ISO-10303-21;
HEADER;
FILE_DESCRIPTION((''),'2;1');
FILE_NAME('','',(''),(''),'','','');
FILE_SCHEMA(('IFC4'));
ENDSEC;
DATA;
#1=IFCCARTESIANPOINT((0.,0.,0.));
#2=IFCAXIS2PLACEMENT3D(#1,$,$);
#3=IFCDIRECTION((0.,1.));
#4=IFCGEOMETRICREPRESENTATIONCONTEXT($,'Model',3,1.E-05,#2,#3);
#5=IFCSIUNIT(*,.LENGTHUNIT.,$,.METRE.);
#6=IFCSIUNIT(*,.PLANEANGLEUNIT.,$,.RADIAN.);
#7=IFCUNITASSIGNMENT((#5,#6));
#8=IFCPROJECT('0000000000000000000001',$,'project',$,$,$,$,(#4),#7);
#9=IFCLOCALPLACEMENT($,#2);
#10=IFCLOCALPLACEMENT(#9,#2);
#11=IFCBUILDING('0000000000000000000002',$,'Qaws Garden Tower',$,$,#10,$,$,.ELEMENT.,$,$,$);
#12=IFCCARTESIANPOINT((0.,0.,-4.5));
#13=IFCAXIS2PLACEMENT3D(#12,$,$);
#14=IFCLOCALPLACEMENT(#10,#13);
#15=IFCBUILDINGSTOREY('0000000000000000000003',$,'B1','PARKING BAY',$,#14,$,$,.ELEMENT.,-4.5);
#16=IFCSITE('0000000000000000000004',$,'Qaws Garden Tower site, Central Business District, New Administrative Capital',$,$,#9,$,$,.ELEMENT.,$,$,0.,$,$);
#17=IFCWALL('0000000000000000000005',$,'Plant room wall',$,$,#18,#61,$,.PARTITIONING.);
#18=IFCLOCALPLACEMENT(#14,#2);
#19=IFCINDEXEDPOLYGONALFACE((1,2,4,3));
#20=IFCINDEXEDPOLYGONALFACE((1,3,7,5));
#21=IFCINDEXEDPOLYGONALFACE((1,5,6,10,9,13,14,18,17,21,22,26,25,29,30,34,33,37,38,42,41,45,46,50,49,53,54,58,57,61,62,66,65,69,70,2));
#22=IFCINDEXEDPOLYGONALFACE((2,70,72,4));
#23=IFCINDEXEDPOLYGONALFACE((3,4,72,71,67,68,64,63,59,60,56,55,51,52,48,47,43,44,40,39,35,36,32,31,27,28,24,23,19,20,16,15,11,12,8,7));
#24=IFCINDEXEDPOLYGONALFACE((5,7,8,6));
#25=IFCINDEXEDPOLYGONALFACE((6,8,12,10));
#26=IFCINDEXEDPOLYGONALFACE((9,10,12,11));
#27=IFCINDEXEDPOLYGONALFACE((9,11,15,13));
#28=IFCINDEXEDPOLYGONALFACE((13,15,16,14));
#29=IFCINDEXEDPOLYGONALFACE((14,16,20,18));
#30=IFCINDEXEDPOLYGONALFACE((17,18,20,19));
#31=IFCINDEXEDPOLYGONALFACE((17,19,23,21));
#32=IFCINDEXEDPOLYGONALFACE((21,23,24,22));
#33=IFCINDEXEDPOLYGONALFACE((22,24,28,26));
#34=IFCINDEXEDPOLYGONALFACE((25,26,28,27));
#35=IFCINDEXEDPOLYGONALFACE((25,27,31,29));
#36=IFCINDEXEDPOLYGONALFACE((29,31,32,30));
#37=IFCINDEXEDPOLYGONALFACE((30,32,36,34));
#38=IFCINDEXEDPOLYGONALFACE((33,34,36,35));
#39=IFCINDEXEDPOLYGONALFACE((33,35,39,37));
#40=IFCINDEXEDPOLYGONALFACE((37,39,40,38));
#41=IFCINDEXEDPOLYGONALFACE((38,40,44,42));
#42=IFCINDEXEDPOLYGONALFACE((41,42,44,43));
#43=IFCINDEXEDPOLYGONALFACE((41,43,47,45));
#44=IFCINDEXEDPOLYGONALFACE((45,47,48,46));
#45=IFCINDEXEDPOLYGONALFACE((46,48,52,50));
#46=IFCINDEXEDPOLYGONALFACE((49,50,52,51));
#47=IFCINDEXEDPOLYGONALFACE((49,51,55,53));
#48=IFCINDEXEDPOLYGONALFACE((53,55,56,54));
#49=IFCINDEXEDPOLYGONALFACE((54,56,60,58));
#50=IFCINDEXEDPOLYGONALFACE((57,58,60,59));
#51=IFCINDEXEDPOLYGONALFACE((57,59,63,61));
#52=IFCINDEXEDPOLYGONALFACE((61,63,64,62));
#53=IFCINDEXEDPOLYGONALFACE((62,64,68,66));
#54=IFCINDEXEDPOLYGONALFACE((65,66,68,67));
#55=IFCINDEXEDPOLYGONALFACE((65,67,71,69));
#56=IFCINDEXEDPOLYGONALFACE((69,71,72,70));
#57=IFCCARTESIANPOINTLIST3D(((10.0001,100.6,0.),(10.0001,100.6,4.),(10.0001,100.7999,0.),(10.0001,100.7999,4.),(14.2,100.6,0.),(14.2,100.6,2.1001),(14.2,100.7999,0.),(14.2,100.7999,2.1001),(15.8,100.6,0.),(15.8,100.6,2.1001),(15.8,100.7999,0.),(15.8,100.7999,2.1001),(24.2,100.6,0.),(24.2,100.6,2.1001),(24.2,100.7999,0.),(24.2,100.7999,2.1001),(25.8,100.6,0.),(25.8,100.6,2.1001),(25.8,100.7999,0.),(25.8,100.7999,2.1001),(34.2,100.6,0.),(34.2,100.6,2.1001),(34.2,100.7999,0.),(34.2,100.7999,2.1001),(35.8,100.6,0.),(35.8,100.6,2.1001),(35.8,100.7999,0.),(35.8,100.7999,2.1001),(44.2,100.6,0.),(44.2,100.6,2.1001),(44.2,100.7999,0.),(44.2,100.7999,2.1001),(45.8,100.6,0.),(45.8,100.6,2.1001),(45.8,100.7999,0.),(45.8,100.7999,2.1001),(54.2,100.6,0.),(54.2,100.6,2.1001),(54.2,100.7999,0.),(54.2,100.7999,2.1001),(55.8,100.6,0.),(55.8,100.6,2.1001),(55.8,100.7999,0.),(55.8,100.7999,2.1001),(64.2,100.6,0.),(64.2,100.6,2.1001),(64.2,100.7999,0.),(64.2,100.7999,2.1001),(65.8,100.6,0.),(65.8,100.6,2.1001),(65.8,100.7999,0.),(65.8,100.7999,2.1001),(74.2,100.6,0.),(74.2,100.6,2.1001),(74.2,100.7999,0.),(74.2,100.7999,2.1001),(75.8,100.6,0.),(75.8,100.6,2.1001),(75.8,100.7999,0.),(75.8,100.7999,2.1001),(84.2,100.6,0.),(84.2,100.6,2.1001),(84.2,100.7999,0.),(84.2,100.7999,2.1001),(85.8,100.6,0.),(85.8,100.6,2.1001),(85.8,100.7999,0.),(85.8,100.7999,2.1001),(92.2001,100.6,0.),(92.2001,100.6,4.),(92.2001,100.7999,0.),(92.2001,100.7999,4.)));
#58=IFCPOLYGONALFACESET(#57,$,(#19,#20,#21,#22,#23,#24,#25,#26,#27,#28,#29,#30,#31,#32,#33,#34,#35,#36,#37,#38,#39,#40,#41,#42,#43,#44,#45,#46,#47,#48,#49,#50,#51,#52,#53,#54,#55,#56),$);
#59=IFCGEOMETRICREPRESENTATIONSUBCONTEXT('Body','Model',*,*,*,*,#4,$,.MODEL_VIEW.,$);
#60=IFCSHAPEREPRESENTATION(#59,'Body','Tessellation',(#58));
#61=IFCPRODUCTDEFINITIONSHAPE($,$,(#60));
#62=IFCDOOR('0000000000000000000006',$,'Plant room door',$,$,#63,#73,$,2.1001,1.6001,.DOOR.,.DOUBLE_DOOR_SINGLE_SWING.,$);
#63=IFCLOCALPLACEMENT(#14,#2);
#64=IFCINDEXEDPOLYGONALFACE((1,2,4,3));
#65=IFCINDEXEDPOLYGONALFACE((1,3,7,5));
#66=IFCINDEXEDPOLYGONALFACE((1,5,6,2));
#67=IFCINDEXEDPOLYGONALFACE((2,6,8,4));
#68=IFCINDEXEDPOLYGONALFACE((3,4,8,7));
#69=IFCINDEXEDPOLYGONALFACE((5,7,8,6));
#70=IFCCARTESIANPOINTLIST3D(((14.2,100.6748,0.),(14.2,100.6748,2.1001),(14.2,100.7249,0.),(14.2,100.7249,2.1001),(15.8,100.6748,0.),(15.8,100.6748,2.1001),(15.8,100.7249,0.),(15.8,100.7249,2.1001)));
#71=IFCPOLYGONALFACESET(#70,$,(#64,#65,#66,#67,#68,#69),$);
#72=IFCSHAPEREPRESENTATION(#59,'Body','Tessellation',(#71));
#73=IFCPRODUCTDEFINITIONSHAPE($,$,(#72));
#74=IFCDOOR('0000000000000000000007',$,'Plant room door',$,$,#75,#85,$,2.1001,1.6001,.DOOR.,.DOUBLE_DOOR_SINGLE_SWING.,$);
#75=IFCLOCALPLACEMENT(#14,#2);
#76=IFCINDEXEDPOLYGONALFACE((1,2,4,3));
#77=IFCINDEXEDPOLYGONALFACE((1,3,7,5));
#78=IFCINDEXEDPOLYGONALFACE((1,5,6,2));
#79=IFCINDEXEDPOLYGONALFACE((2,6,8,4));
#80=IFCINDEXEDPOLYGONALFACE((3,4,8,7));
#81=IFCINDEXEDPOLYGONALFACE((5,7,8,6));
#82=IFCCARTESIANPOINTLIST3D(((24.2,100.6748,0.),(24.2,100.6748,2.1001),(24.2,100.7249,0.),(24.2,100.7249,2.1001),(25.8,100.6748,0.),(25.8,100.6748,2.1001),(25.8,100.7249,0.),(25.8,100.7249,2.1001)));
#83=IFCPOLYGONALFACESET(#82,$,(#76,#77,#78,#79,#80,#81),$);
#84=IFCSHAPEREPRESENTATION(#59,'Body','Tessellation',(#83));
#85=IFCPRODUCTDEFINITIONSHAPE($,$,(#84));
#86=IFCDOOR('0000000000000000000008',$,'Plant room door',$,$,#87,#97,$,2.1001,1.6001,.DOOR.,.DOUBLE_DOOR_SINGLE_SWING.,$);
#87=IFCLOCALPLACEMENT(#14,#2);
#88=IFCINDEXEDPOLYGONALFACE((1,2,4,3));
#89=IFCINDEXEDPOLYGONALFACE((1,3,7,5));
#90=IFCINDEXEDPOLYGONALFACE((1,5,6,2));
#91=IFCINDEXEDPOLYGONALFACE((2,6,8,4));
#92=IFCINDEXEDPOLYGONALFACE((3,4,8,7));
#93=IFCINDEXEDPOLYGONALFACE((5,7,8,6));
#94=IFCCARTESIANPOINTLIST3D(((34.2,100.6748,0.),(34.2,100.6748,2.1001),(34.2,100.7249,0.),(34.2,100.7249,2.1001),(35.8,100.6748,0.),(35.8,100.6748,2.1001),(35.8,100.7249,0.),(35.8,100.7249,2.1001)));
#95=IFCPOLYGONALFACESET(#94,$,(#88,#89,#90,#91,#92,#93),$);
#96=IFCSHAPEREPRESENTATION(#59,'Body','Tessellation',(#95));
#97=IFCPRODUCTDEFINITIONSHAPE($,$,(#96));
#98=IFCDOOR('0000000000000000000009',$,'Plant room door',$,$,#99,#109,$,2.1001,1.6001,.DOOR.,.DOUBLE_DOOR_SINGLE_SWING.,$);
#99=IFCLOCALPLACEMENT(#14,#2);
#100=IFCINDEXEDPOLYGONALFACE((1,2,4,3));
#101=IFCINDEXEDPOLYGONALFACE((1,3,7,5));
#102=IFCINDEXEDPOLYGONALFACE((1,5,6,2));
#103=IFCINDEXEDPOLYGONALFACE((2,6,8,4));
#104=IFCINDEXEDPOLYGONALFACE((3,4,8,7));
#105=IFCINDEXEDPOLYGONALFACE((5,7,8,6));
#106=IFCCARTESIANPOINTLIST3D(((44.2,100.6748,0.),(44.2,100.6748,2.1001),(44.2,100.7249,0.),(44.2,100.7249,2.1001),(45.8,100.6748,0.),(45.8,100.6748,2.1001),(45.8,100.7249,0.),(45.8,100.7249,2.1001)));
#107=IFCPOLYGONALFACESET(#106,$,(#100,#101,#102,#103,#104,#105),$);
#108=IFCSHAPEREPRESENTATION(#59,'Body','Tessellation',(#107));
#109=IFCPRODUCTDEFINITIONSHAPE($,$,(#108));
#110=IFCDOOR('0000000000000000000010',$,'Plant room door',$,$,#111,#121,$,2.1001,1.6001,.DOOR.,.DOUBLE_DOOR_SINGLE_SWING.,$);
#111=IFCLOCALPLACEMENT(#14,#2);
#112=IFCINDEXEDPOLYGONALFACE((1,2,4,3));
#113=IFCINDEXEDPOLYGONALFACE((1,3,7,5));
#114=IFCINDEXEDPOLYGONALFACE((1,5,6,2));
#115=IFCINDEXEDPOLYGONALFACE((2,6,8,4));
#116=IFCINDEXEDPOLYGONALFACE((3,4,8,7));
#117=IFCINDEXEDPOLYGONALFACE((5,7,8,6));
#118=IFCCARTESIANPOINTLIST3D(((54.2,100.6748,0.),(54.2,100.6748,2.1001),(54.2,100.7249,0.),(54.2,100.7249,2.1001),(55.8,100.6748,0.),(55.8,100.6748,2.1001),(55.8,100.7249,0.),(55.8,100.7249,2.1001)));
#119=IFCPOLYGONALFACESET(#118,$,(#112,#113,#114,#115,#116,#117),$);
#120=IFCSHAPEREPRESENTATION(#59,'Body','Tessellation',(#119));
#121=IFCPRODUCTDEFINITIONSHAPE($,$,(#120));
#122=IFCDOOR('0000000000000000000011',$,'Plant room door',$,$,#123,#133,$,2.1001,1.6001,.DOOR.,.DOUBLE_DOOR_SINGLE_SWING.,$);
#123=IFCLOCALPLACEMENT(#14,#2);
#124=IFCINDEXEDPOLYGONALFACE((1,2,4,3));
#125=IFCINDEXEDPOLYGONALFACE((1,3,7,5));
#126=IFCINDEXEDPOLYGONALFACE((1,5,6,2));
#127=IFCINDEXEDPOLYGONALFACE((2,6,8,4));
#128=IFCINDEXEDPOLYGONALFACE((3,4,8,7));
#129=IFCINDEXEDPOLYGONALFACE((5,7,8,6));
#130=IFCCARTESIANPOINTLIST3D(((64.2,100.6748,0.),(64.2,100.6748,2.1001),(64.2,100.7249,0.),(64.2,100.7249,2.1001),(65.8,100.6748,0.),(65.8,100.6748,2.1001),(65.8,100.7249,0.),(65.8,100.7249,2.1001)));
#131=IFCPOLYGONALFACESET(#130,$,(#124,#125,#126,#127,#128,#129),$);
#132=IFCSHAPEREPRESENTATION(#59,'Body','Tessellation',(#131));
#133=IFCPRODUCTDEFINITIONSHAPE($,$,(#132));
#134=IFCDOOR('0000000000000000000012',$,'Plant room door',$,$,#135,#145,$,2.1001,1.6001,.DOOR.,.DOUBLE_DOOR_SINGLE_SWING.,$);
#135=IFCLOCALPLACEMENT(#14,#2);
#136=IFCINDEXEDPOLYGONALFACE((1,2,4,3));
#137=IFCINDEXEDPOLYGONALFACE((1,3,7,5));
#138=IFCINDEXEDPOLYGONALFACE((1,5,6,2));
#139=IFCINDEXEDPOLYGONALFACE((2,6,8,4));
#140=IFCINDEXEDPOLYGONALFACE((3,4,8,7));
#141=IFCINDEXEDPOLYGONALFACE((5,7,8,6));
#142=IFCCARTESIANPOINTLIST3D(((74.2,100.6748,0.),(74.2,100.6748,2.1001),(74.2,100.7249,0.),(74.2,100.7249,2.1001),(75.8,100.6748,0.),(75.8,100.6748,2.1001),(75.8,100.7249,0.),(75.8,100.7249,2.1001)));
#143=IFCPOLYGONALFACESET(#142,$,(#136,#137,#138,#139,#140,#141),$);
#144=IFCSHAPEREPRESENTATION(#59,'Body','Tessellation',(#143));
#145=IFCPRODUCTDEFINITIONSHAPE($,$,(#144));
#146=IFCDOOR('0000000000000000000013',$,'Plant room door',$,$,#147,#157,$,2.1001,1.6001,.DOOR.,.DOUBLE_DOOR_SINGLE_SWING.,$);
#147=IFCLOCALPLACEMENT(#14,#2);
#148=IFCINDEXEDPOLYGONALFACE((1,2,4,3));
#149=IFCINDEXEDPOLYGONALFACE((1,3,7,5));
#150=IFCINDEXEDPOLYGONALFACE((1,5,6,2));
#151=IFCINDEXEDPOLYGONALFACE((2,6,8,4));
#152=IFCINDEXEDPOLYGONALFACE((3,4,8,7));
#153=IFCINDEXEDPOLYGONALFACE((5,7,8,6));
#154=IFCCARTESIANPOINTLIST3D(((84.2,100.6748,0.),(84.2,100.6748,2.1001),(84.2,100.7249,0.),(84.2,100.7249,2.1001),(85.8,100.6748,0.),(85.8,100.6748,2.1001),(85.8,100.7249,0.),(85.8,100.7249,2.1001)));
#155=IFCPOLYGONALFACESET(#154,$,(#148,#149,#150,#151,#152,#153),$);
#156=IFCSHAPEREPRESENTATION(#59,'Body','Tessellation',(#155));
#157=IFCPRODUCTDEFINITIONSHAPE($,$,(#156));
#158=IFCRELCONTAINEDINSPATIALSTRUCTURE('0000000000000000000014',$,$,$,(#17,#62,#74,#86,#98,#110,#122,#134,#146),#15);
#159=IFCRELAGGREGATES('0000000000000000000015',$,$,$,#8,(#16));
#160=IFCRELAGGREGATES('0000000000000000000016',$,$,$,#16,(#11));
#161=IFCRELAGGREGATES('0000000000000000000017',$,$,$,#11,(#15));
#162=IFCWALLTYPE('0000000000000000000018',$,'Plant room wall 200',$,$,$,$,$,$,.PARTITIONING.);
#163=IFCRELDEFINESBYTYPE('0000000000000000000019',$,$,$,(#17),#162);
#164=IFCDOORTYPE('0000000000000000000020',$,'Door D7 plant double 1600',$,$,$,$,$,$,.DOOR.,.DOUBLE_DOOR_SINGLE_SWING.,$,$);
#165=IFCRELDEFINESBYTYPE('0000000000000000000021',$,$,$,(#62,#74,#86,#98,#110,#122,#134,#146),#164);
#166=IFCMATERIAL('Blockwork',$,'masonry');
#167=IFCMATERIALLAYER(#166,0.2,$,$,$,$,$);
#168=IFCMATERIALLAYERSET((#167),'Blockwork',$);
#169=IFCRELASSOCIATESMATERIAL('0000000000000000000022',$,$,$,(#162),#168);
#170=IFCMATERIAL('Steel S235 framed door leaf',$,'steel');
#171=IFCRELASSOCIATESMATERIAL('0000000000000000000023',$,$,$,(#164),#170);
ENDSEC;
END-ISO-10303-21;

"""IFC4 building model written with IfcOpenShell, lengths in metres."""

from ifc_helpers import new_model, si_unit, direction, frame, frame_2d, origin, place, context, subcontext, project, spatial, rectangle, extrude, material, layer, layer_set, type_object, element, fill, save


model = new_model("IFC4")

# Units and contexts
model_context = context("Model", 3, precision=1e-05, world=origin(), true_north=direction((0.0, 1.0)))
body_context = subcontext(model_context, "Body", "Model", "MODEL_VIEW")
ifc_project = project(units=[si_unit("LENGTHUNIT", "METRE"), si_unit("PLANEANGLEUNIT", "RADIAN")], contexts=[model_context])

# Site, building, storey
site_placement = place(None, origin())
site = spatial("IfcSite", under=ifc_project, at=site_placement, Name="Qaws Garden Tower site, Central Business District, New Administrative Capital", CompositionType="ELEMENT", RefElevation=0.0)
building_placement = place(site_placement, origin())
building = spatial("IfcBuilding", under=site, at=building_placement, Name="Qaws Garden Tower", CompositionType="ELEMENT")
storey_placement = place(building_placement, frame((0.0, 0.0, -4.5)))
storey = spatial("IfcBuildingStorey", under=building, at=storey_placement, Name="B1", Description="PARKING BAY", CompositionType="ELEMENT", Elevation=-4.5)

# Wall, openings, doors
ifc_material_1 = material(Name="Blockwork", Category="masonry")
ifc_layer = layer(ifc_material_1, 0.2)
ifc_layer_set = layer_set([ifc_layer], Name="Blockwork")
wall_type = type_object("IfcWallType", Name="Plant room wall 200", PredefinedType="PARTITIONING", material=ifc_layer_set)
wall_placement = place(storey_placement, frame((10.0, 100.7, 0.0), z_axis=(0.0, 0.0, 1.0), x_axis=(1.0, 0.0, 0.0)))
wall = element("IfcWall", 1, at=wall_placement, inside=storey, type_object=wall_type, Name="Plant room wall", PredefinedType="PARTITIONING", context=body_context, shape_type="SweptSolid", body=[
    extrude(rectangle(XDim=82.2, YDim=0.2, at=frame_2d((41.1001, 0.0))), origin(), (0.0, 0.0, 1.0), 4.0),
])
opening_1_placement = place(wall_placement, frame((4.2, 0.0, 0.0)))
opening_1 = element("IfcOpeningElement", 2, at=opening_1_placement, cuts=wall, PredefinedType="OPENING", context=body_context, shape_type="SweptSolid", body=[
    extrude(rectangle(XDim=1.6001, YDim=2.1001, at=frame_2d((0.8, 1.05))), frame((0.0, 0.1099, 0.0), z_axis=(0.0, -1.0, 0.0), x_axis=(1.0, 0.0, 0.0)), (0.0, 0.0, 1.0), 0.22),
])
opening_2_placement = place(wall_placement, frame((14.2, 0.0, 0.0)))
opening_2 = element("IfcOpeningElement", 3, at=opening_2_placement, cuts=wall, PredefinedType="OPENING", context=body_context, shape_type="SweptSolid", body=[
    extrude(rectangle(XDim=1.6001, YDim=2.1001, at=frame_2d((0.8, 1.05))), frame((0.0, 0.1099, 0.0), z_axis=(0.0, -1.0, 0.0), x_axis=(1.0, 0.0, 0.0)), (0.0, 0.0, 1.0), 0.22),
])
opening_3_placement = place(wall_placement, frame((24.2, 0.0, 0.0)))
opening_3 = element("IfcOpeningElement", 4, at=opening_3_placement, cuts=wall, PredefinedType="OPENING", context=body_context, shape_type="SweptSolid", body=[
    extrude(rectangle(XDim=1.6001, YDim=2.1001, at=frame_2d((0.8, 1.05))), frame((0.0, 0.1099, 0.0), z_axis=(0.0, -1.0, 0.0), x_axis=(1.0, 0.0, 0.0)), (0.0, 0.0, 1.0), 0.22),
])
opening_4_placement = place(wall_placement, frame((34.2, 0.0, 0.0)))
opening_4 = element("IfcOpeningElement", 5, at=opening_4_placement, cuts=wall, PredefinedType="OPENING", context=body_context, shape_type="SweptSolid", body=[
    extrude(rectangle(XDim=1.6001, YDim=2.1001, at=frame_2d((0.8, 1.05))), frame((0.0, 0.1099, 0.0), z_axis=(0.0, -1.0, 0.0), x_axis=(1.0, 0.0, 0.0)), (0.0, 0.0, 1.0), 0.22),
])
opening_5_placement = place(wall_placement, frame((44.2, 0.0, 0.0)))
opening_5 = element("IfcOpeningElement", 6, at=opening_5_placement, cuts=wall, PredefinedType="OPENING", context=body_context, shape_type="SweptSolid", body=[
    extrude(rectangle(XDim=1.6001, YDim=2.1001, at=frame_2d((0.8, 1.05))), frame((0.0, 0.1099, 0.0), z_axis=(0.0, -1.0, 0.0), x_axis=(1.0, 0.0, 0.0)), (0.0, 0.0, 1.0), 0.22),
])
opening_6_placement = place(wall_placement, frame((54.2, 0.0, 0.0)))
opening_6 = element("IfcOpeningElement", 7, at=opening_6_placement, cuts=wall, PredefinedType="OPENING", context=body_context, shape_type="SweptSolid", body=[
    extrude(rectangle(XDim=1.6001, YDim=2.1001, at=frame_2d((0.8, 1.05))), frame((0.0, 0.1099, 0.0), z_axis=(0.0, -1.0, 0.0), x_axis=(1.0, 0.0, 0.0)), (0.0, 0.0, 1.0), 0.22),
])
opening_7_placement = place(wall_placement, frame((64.2, 0.0, 0.0)))
opening_7 = element("IfcOpeningElement", 8, at=opening_7_placement, cuts=wall, PredefinedType="OPENING", context=body_context, shape_type="SweptSolid", body=[
    extrude(rectangle(XDim=1.6001, YDim=2.1001, at=frame_2d((0.8, 1.05))), frame((0.0, 0.1099, 0.0), z_axis=(0.0, -1.0, 0.0), x_axis=(1.0, 0.0, 0.0)), (0.0, 0.0, 1.0), 0.22),
])
opening_8_placement = place(wall_placement, frame((74.2, 0.0, 0.0)))
opening_8 = element("IfcOpeningElement", 9, at=opening_8_placement, cuts=wall, PredefinedType="OPENING", context=body_context, shape_type="SweptSolid", body=[
    extrude(rectangle(XDim=1.6001, YDim=2.1001, at=frame_2d((0.8, 1.05))), frame((0.0, 0.1099, 0.0), z_axis=(0.0, -1.0, 0.0), x_axis=(1.0, 0.0, 0.0)), (0.0, 0.0, 1.0), 0.22),
])
ifc_material_2 = material(Name="Steel S235 framed door leaf", Category="steel")
door_type = type_object("IfcDoorType", Name="Door D7 plant double 1600", OperationType="DOUBLE_DOOR_SINGLE_SWING", PredefinedType="DOOR", material=ifc_material_2)
door_1_placement = place(opening_1_placement, origin())
door_1 = element("IfcDoor", 10, at=door_1_placement, inside=storey, type_object=door_type, Name="Plant room door", OperationType="DOUBLE_DOOR_SINGLE_SWING", OverallHeight=2.1001, OverallWidth=1.6001, PredefinedType="DOOR", context=body_context, shape_type="SweptSolid", body=[
    extrude(rectangle(XDim=1.6001, YDim=2.1001, at=frame_2d((0.8, 1.05))), frame((0.0, 0.0249, 0.0), z_axis=(0.0, -1.0, 0.0), x_axis=(1.0, 0.0, 0.0)), (0.0, 0.0, 1.0), 0.05),
])
fill(opening_1, door_1)
door_2_placement = place(opening_2_placement, origin())
door_2 = element("IfcDoor", 11, at=door_2_placement, inside=storey, type_object=door_type, Name="Plant room door", OperationType="DOUBLE_DOOR_SINGLE_SWING", OverallHeight=2.1001, OverallWidth=1.6001, PredefinedType="DOOR", context=body_context, shape_type="SweptSolid", body=[
    extrude(rectangle(XDim=1.6001, YDim=2.1001, at=frame_2d((0.8, 1.05))), frame((0.0, 0.0249, 0.0), z_axis=(0.0, -1.0, 0.0), x_axis=(1.0, 0.0, 0.0)), (0.0, 0.0, 1.0), 0.05),
])
fill(opening_2, door_2)
door_3_placement = place(opening_3_placement, origin())
door_3 = element("IfcDoor", 12, at=door_3_placement, inside=storey, type_object=door_type, Name="Plant room door", OperationType="DOUBLE_DOOR_SINGLE_SWING", OverallHeight=2.1001, OverallWidth=1.6001, PredefinedType="DOOR", context=body_context, shape_type="SweptSolid", body=[
    extrude(rectangle(XDim=1.6001, YDim=2.1001, at=frame_2d((0.8, 1.05))), frame((0.0, 0.0249, 0.0), z_axis=(0.0, -1.0, 0.0), x_axis=(1.0, 0.0, 0.0)), (0.0, 0.0, 1.0), 0.05),
])
fill(opening_3, door_3)
door_4_placement = place(opening_4_placement, origin())
door_4 = element("IfcDoor", 13, at=door_4_placement, inside=storey, type_object=door_type, Name="Plant room door", OperationType="DOUBLE_DOOR_SINGLE_SWING", OverallHeight=2.1001, OverallWidth=1.6001, PredefinedType="DOOR", context=body_context, shape_type="SweptSolid", body=[
    extrude(rectangle(XDim=1.6001, YDim=2.1001, at=frame_2d((0.8, 1.05))), frame((0.0, 0.0249, 0.0), z_axis=(0.0, -1.0, 0.0), x_axis=(1.0, 0.0, 0.0)), (0.0, 0.0, 1.0), 0.05),
])
fill(opening_4, door_4)
door_5_placement = place(opening_5_placement, origin())
door_5 = element("IfcDoor", 14, at=door_5_placement, inside=storey, type_object=door_type, Name="Plant room door", OperationType="DOUBLE_DOOR_SINGLE_SWING", OverallHeight=2.1001, OverallWidth=1.6001, PredefinedType="DOOR", context=body_context, shape_type="SweptSolid", body=[
    extrude(rectangle(XDim=1.6001, YDim=2.1001, at=frame_2d((0.8, 1.05))), frame((0.0, 0.0249, 0.0), z_axis=(0.0, -1.0, 0.0), x_axis=(1.0, 0.0, 0.0)), (0.0, 0.0, 1.0), 0.05),
])
fill(opening_5, door_5)
door_6_placement = place(opening_6_placement, origin())
door_6 = element("IfcDoor", 15, at=door_6_placement, inside=storey, type_object=door_type, Name="Plant room door", OperationType="DOUBLE_DOOR_SINGLE_SWING", OverallHeight=2.1001, OverallWidth=1.6001, PredefinedType="DOOR", context=body_context, shape_type="SweptSolid", body=[
    extrude(rectangle(XDim=1.6001, YDim=2.1001, at=frame_2d((0.8, 1.05))), frame((0.0, 0.0249, 0.0), z_axis=(0.0, -1.0, 0.0), x_axis=(1.0, 0.0, 0.0)), (0.0, 0.0, 1.0), 0.05),
])
fill(opening_6, door_6)
door_7_placement = place(opening_7_placement, origin())
door_7 = element("IfcDoor", 16, at=door_7_placement, inside=storey, type_object=door_type, Name="Plant room door", OperationType="DOUBLE_DOOR_SINGLE_SWING", OverallHeight=2.1001, OverallWidth=1.6001, PredefinedType="DOOR", context=body_context, shape_type="SweptSolid", body=[
    extrude(rectangle(XDim=1.6001, YDim=2.1001, at=frame_2d((0.8, 1.05))), frame((0.0, 0.0249, 0.0), z_axis=(0.0, -1.0, 0.0), x_axis=(1.0, 0.0, 0.0)), (0.0, 0.0, 1.0), 0.05),
])
fill(opening_7, door_7)
door_8_placement = place(opening_8_placement, origin())
door_8 = element("IfcDoor", 17, at=door_8_placement, inside=storey, type_object=door_type, Name="Plant room door", OperationType="DOUBLE_DOOR_SINGLE_SWING", OverallHeight=2.1001, OverallWidth=1.6001, PredefinedType="DOOR", context=body_context, shape_type="SweptSolid", body=[
    extrude(rectangle(XDim=1.6001, YDim=2.1001, at=frame_2d((0.8, 1.05))), frame((0.0, 0.0249, 0.0), z_axis=(0.0, -1.0, 0.0), x_axis=(1.0, 0.0, 0.0)), (0.0, 0.0, 1.0), 0.05),
])
fill(opening_8, door_8)

save(model, "model.ifc")
